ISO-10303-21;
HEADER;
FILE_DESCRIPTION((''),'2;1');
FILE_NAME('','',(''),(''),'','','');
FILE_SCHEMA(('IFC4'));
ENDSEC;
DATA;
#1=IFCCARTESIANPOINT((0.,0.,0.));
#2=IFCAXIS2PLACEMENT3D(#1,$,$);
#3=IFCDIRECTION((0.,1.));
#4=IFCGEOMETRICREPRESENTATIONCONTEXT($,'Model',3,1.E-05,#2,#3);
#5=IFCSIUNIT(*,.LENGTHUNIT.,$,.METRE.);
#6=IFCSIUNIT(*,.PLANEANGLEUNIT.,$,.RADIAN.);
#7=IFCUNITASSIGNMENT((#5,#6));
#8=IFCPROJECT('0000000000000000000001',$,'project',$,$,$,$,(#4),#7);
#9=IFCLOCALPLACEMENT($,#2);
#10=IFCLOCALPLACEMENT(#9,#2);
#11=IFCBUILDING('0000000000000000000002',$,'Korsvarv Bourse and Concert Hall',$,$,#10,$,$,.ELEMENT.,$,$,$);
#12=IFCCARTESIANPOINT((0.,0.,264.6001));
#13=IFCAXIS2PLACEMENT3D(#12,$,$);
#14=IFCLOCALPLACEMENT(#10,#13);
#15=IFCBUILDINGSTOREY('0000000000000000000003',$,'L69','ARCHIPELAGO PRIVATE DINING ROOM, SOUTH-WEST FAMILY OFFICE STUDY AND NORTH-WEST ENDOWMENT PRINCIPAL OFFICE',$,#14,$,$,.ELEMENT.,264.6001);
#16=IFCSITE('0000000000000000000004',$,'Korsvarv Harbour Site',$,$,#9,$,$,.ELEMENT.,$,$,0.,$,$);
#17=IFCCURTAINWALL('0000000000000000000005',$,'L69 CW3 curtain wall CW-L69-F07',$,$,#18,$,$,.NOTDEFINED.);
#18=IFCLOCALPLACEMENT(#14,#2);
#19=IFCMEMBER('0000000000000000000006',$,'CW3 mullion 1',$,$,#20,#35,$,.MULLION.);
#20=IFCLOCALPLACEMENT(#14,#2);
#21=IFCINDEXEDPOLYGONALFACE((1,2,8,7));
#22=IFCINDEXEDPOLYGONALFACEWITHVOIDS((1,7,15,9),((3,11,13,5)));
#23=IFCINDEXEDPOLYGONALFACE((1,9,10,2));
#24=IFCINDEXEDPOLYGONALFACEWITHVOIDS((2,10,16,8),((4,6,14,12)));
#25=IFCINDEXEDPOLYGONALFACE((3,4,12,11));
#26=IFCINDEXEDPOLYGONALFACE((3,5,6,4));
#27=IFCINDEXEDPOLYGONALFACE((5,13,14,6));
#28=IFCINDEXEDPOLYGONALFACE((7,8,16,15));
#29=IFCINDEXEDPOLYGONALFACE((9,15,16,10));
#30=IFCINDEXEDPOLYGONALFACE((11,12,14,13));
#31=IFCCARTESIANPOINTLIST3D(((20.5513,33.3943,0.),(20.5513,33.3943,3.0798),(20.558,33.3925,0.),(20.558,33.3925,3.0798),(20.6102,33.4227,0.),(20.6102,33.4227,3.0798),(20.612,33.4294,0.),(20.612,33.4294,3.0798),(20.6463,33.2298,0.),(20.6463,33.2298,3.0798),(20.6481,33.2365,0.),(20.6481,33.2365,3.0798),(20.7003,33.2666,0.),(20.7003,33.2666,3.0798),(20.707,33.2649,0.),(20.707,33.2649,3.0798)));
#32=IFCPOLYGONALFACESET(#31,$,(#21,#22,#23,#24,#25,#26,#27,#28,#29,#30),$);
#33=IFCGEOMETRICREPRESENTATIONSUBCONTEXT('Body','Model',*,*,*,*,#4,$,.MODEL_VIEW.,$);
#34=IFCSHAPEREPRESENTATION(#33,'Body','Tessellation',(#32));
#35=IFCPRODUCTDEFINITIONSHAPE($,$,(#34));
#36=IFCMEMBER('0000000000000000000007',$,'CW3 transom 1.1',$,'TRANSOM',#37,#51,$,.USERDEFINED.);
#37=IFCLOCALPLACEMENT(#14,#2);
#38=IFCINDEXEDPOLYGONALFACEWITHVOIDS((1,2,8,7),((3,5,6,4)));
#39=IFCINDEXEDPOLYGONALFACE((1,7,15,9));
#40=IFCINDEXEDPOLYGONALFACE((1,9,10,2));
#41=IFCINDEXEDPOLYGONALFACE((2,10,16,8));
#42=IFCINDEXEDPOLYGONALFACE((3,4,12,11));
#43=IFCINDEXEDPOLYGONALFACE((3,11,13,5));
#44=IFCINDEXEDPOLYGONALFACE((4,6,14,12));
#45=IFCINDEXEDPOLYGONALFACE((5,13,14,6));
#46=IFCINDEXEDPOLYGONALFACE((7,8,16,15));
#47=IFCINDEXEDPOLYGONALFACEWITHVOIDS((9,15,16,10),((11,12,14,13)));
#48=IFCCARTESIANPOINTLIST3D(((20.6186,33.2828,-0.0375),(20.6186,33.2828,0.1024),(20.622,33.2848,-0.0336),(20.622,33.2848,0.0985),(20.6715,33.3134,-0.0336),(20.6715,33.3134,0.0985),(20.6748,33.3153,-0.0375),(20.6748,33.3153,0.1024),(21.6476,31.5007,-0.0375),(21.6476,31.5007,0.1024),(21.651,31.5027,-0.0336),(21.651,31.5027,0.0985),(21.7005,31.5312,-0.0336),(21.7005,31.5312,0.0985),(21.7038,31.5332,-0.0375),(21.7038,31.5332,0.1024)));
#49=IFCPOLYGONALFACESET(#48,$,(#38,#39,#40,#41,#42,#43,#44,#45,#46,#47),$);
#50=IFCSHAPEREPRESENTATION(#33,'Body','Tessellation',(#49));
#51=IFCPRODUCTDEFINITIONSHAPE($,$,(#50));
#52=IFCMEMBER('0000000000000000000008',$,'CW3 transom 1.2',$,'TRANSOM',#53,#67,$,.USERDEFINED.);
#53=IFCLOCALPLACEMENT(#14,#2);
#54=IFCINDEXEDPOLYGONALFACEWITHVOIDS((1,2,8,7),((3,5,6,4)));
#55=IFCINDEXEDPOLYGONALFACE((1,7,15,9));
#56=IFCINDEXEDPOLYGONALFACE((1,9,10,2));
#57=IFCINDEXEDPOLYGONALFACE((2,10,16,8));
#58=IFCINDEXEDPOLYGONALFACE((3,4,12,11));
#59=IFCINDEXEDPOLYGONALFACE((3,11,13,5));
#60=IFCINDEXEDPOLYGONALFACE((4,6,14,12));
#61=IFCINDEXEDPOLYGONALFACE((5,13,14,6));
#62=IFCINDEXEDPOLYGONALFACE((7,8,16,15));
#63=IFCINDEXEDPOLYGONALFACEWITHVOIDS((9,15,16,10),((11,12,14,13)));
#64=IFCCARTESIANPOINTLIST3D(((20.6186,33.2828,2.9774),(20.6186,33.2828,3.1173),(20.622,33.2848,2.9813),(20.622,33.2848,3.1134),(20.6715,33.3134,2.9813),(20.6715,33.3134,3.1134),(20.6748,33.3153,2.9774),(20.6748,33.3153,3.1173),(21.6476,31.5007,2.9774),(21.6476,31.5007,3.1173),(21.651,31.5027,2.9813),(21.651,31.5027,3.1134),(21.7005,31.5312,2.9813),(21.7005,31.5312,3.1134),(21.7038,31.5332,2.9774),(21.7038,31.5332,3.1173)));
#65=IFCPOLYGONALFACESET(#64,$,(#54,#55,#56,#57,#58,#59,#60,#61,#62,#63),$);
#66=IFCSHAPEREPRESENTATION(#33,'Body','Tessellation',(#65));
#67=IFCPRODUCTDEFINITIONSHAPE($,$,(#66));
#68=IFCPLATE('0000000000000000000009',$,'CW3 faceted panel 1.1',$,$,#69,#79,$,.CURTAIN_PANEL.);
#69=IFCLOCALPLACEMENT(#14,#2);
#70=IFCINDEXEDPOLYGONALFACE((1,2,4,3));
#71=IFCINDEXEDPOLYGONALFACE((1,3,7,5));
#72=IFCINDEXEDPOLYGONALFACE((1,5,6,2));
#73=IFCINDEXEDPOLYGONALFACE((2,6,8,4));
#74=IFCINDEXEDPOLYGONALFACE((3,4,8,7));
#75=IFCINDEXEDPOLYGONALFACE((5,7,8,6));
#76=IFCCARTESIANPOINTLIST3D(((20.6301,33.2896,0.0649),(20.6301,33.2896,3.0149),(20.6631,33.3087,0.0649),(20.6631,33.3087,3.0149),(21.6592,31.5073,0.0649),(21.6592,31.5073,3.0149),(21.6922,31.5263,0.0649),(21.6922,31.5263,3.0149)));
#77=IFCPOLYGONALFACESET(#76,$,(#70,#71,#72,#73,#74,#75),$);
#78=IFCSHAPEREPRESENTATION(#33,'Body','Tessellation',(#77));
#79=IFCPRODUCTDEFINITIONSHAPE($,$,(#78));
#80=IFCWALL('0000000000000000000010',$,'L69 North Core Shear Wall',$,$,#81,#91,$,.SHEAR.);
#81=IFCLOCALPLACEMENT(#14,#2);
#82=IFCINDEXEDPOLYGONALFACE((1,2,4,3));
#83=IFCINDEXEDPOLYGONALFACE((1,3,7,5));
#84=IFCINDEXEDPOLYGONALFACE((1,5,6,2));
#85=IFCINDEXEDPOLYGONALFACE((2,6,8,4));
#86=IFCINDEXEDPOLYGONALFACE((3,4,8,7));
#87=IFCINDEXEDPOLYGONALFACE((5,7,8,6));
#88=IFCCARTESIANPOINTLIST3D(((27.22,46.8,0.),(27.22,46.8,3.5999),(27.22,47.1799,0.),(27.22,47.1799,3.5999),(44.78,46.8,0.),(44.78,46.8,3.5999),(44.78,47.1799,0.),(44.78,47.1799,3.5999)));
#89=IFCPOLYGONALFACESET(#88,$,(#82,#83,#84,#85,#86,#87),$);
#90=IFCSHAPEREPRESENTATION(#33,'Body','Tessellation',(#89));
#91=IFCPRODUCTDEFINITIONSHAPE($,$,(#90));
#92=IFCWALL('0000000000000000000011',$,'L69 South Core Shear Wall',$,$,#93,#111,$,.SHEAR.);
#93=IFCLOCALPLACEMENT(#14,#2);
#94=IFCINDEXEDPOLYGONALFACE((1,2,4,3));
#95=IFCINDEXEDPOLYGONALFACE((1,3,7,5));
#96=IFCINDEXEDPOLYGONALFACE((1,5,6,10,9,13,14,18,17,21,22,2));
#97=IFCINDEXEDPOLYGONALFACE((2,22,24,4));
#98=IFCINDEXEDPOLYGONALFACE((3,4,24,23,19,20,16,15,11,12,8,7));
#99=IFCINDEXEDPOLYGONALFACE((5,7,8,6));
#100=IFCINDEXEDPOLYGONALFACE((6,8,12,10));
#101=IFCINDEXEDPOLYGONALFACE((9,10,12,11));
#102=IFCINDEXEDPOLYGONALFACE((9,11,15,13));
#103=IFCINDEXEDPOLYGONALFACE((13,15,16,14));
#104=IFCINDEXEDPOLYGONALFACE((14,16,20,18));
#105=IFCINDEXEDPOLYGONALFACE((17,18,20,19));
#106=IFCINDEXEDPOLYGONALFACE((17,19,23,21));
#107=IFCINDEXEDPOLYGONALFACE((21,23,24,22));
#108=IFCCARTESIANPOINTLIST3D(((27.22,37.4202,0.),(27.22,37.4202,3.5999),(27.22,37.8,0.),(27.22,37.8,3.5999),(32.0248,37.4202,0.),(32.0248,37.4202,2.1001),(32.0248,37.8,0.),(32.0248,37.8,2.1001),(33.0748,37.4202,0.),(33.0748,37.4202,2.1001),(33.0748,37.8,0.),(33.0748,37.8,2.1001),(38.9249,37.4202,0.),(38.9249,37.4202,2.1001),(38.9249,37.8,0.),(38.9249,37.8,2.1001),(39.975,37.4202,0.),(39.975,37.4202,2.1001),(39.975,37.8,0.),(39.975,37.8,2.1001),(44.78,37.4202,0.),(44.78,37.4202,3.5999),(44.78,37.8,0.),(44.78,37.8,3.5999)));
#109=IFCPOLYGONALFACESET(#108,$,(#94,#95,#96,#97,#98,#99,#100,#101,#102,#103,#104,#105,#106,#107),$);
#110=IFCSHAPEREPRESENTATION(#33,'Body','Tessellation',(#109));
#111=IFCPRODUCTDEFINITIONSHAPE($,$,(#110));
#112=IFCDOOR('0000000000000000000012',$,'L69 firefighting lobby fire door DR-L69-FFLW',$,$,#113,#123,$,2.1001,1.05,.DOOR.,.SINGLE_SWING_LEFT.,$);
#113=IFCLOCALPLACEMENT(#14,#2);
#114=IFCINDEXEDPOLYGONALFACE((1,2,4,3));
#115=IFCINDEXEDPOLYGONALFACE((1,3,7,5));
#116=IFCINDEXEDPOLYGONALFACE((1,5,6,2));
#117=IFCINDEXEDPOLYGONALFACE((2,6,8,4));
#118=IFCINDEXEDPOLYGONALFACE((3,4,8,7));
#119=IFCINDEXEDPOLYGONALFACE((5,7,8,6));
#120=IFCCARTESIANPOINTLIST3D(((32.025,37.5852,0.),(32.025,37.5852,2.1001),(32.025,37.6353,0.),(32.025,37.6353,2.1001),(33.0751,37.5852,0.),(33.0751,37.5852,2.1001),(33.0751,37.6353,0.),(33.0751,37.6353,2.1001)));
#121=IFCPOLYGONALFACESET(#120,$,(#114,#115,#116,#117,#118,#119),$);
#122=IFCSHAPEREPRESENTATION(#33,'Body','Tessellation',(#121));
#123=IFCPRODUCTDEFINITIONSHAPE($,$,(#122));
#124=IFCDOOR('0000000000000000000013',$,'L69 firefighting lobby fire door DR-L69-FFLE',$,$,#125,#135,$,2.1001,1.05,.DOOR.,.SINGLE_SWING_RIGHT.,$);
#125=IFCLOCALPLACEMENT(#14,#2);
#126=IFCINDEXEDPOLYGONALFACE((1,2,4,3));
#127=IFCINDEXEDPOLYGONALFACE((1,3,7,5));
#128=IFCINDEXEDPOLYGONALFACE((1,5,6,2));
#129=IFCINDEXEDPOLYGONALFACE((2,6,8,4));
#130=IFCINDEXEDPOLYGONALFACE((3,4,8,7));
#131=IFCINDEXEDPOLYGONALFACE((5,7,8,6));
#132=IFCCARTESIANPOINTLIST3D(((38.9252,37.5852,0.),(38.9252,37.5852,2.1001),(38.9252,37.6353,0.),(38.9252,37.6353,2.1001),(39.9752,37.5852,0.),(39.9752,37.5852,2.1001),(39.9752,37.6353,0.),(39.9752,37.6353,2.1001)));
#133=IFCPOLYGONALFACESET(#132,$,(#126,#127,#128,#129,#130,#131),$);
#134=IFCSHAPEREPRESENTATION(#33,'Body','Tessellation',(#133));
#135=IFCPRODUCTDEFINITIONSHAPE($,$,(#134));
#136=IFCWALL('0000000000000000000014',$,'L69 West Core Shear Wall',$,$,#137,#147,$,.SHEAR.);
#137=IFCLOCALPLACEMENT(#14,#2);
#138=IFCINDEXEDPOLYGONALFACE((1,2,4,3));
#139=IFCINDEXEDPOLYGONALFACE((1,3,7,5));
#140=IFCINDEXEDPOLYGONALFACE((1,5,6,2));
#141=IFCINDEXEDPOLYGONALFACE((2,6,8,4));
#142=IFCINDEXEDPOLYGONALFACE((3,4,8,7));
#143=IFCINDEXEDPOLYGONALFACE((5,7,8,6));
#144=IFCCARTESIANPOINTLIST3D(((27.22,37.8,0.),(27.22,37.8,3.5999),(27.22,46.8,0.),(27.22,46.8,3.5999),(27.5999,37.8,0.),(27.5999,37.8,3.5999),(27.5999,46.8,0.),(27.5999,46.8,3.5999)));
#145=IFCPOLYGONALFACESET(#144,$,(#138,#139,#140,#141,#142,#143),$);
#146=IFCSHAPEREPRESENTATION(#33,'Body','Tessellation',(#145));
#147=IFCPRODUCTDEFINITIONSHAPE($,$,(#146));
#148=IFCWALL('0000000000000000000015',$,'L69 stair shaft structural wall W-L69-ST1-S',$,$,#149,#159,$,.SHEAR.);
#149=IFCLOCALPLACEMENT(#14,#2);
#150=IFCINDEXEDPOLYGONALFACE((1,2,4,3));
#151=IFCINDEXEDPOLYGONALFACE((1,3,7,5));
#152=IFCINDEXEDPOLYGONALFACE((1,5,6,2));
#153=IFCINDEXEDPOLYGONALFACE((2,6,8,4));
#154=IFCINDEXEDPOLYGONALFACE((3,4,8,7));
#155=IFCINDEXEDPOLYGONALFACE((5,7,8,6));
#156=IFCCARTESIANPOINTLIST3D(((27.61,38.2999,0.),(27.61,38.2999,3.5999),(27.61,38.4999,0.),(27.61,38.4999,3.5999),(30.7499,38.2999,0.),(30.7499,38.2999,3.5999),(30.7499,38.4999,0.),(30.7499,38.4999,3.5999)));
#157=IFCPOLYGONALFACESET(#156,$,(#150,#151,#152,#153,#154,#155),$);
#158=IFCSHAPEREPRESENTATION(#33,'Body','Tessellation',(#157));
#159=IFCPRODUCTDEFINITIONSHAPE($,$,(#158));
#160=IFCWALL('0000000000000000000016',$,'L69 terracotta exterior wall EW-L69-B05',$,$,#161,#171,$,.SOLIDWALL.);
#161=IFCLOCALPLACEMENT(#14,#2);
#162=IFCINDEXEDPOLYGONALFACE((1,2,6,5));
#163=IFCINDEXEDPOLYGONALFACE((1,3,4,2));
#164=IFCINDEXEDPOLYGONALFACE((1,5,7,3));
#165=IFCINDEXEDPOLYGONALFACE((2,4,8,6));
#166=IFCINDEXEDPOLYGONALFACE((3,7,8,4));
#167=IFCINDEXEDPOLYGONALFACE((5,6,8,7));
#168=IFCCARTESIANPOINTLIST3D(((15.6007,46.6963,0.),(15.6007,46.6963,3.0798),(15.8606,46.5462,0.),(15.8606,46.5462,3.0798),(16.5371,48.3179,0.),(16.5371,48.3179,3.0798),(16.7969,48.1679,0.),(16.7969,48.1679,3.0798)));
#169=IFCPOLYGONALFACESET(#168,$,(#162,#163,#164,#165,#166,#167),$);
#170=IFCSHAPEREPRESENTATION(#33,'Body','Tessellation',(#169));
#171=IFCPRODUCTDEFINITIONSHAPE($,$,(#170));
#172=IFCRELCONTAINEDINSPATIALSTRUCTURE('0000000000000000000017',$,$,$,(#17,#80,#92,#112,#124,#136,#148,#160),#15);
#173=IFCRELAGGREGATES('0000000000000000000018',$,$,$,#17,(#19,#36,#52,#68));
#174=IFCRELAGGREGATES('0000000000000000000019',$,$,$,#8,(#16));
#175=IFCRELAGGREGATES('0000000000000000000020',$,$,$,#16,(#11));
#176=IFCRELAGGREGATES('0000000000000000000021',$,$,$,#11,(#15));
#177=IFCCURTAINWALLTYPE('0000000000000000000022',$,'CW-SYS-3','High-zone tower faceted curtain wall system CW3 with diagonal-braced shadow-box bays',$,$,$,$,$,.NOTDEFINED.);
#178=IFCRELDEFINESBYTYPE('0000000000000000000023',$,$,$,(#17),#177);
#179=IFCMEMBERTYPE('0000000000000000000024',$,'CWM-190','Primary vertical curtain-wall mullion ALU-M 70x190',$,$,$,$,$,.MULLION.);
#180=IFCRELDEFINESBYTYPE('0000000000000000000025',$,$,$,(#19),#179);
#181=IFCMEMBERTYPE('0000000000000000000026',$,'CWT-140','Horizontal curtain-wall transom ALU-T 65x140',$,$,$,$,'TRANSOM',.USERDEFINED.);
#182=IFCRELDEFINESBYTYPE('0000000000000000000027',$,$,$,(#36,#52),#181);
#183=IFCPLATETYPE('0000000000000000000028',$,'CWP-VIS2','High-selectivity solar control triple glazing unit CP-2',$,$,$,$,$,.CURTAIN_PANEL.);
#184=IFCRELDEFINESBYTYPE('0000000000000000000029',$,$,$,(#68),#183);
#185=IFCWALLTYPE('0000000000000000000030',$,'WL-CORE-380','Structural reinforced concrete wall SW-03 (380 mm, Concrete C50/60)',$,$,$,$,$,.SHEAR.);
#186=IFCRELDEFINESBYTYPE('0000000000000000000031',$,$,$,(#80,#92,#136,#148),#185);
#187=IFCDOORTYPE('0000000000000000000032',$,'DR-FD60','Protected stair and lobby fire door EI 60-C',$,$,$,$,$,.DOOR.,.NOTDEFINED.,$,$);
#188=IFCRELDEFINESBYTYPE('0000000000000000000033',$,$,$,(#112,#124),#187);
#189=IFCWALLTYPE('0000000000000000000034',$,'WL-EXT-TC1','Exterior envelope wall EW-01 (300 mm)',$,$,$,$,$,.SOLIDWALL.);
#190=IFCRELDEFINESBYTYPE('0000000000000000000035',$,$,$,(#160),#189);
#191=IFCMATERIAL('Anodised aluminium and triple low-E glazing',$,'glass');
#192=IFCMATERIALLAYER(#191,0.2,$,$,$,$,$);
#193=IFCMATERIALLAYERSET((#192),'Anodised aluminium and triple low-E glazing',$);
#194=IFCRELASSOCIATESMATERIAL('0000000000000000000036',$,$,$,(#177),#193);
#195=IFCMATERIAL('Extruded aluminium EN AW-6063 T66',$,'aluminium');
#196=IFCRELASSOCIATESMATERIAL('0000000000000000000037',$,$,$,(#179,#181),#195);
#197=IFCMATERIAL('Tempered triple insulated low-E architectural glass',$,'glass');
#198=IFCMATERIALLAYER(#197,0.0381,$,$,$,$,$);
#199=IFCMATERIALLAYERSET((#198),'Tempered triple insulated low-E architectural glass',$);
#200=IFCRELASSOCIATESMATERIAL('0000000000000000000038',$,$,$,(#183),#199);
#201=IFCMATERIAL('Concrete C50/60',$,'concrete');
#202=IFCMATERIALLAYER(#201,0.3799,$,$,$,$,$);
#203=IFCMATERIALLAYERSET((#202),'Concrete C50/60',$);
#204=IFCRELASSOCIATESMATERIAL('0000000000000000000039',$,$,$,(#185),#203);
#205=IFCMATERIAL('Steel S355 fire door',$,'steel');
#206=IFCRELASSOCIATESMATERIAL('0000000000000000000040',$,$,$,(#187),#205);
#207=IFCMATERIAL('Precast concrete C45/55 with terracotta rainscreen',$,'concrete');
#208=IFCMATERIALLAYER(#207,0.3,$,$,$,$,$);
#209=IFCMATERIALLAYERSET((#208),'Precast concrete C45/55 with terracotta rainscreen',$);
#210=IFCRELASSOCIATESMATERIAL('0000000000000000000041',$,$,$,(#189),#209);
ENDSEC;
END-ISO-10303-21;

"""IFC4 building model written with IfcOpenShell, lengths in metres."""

from ifc_helpers import new_model, si_unit, direction, frame, frame_2d, origin, origin_2d, place, context, subcontext, project, spatial, rectangle, hollow_rectangle, extrude, source, transform, mapped, material, layer, layer_set, material_profile, profile_set, type_object, element, fill, aggregate, save


model = new_model("IFC4")

# Units and contexts
model_context = context("Model", 3, precision=1e-05, world=origin(), true_north=direction((0.0, 1.0)))
body_context = subcontext(model_context, "Body", "Model", "MODEL_VIEW")
ifc_project = project(units=[si_unit("LENGTHUNIT", "METRE"), si_unit("PLANEANGLEUNIT", "RADIAN")], contexts=[model_context])

# Site, building, storey
site_placement = place(None, origin())
site = spatial("IfcSite", under=ifc_project, at=site_placement, Name="Korsvarv Harbour Site", CompositionType="ELEMENT", RefElevation=0.0)
building_placement = place(site_placement, origin())
building = spatial("IfcBuilding", under=site, at=building_placement, Name="Korsvarv Bourse and Concert Hall", CompositionType="ELEMENT")
storey_placement = place(building_placement, frame((0.0, 0.0, 264.6001)))
storey = spatial("IfcBuildingStorey", under=building, at=storey_placement, Name="L69", Description="ARCHIPELAGO PRIVATE DINING ROOM, SOUTH-WEST FAMILY OFFICE STUDY AND NORTH-WEST ENDOWMENT PRINCIPAL OFFICE", CompositionType="ELEMENT", Elevation=264.6001)

# Shared definitions
ifc_material_1 = material(Name="Concrete C50/60", Category="concrete")

# Curtain wall, members, plate
ifc_material_2 = material(Name="Anodised aluminium and triple low-E glazing", Category="glass")
ifc_layer_1 = layer(ifc_material_2, 0.2)
ifc_layer_set_1 = layer_set([ifc_layer_1], Name="Anodised aluminium and triple low-E glazing")
curtain_wall_type = type_object("IfcCurtainWallType", Name="CW-SYS-3", Description="High-zone tower faceted curtain wall system CW3 with diagonal-braced shadow-box bays", PredefinedType="NOTDEFINED", material=ifc_layer_set_1)
curtain_wall_placement = place(storey_placement, origin())
curtain_wall = element("IfcCurtainWall", 1, at=curtain_wall_placement, inside=storey, type_object=curtain_wall_type, Name="L69 CW3 curtain wall CW-L69-F07", PredefinedType="NOTDEFINED")
ifc_material_3 = material(Name="Extruded aluminium EN AW-6063 T66", Category="aluminium")
ifc_material_profile_1 = material_profile(ifc_material_3, hollow_rectangle(XDim=0.0701, YDim=0.1899, WallThickness=0.0049, at=origin_2d()), Name="ALU-M 70x190")
ifc_profile_set_1 = profile_set([ifc_material_profile_1], Name="Extruded aluminium EN AW-6063 T66")
member_type_1 = type_object("IfcMemberType", Name="CWM-190", Description="Primary vertical curtain-wall mullion ALU-M 70x190", PredefinedType="MULLION", material=ifc_profile_set_1)
shared_shape_1 = source(origin(), body_context, "Body", "SweptSolid", [
    extrude(hollow_rectangle(XDim=0.0701, YDim=0.1899, WallThickness=0.0049, at=origin_2d()), origin(), (0.0, 0.0, 1.0), 3.0798),
])
member_1_placement = place(storey_placement, frame((20.6292, 33.3296, 0.0), z_axis=(0.0, 0.0, 1.0), x_axis=(0.866023, 0.500004, 0.0)))
member_1 = element("IfcMember", 2, at=member_1_placement, type_object=member_type_1, Name="CW3 mullion 1", PredefinedType="MULLION", context=body_context, shape_type="MappedRepresentation", body=[
    mapped(shared_shape_1, transform((0.0, 0.0, 0.0), scale=1.0)),
])
ifc_material_profile_2 = material_profile(ifc_material_3, hollow_rectangle(XDim=0.0649, YDim=0.1399, WallThickness=0.0039, at=origin_2d()), Name="ALU-T 65x140")
ifc_profile_set_2 = profile_set([ifc_material_profile_2], Name="Extruded aluminium EN AW-6063 T66")
member_type_2 = type_object("IfcMemberType", Name="CWT-140", Description="Horizontal curtain-wall transom ALU-T 65x140", ElementType="TRANSOM", PredefinedType="USERDEFINED", material=ifc_profile_set_2)
shared_shape_2 = source(origin(), body_context, "Body", "SweptSolid", [
    extrude(hollow_rectangle(XDim=0.0649, YDim=0.1399, WallThickness=0.0039, at=origin_2d()), origin(), (0.0, 0.0, 1.0), 2.0579),
])
member_2_placement = place(storey_placement, frame((20.6467, 33.2991, 0.0325), z_axis=(0.500031, -0.866008, 0.0), x_axis=(0.866008, 0.500031, 0.0)))
member_2 = element("IfcMember", 3, at=member_2_placement, type_object=member_type_2, Name="CW3 transom 1.1", ObjectType="TRANSOM", PredefinedType="USERDEFINED", context=body_context, shape_type="MappedRepresentation", body=[
    mapped(shared_shape_2, transform((0.0, 0.0, 0.0), scale=1.0)),
])
member_3_placement = place(storey_placement, frame((20.6467, 33.2991, 3.0474), z_axis=(0.500031, -0.866008, 0.0), x_axis=(0.866008, 0.500031, 0.0)))
member_3 = element("IfcMember", 4, at=member_3_placement, type_object=member_type_2, Name="CW3 transom 1.2", ObjectType="TRANSOM", PredefinedType="USERDEFINED", context=body_context, shape_type="MappedRepresentation", body=[
    mapped(shared_shape_2, transform((0.0, 0.0, 0.0), scale=1.0)),
])
ifc_material_4 = material(Name="Tempered triple insulated low-E architectural glass", Category="glass")
ifc_layer_2 = layer(ifc_material_4, 0.0381)
ifc_layer_set_2 = layer_set([ifc_layer_2], Name="Tempered triple insulated low-E architectural glass")
plate_type = type_object("IfcPlateType", Name="CWP-VIS2", Description="High-selectivity solar control triple glazing unit CP-2", PredefinedType="CURTAIN_PANEL", material=ifc_layer_set_2)
shared_shape_3 = source(origin(), body_context, "Body", "SweptSolid", [
    extrude(rectangle(XDim=2.0581, YDim=0.0381, at=origin_2d()), origin(), (0.0, 0.0, 1.0), 2.95),
])
plate_placement = place(storey_placement, frame((21.1611, 32.408, 0.0649), z_axis=(0.0, 0.0, 1.0), x_axis=(0.500004, -0.866023, 0.0)))
plate = element("IfcPlate", 5, at=plate_placement, type_object=plate_type, Name="CW3 faceted panel 1.1", PredefinedType="CURTAIN_PANEL", context=body_context, shape_type="MappedRepresentation", body=[
    mapped(shared_shape_3, transform((0.0, 0.0, 0.0), scale=1.0)),
])
aggregate(curtain_wall, [member_1, member_2, member_3, plate])

# Wall
ifc_layer_3 = layer(ifc_material_1, 0.3799)
ifc_layer_set_3 = layer_set([ifc_layer_3], Name="Concrete C50/60")
wall_type_1 = type_object("IfcWallType", Name="WL-CORE-380", Description="Structural reinforced concrete wall SW-03 (380 mm, Concrete C50/60)", PredefinedType="SHEAR", material=ifc_layer_set_3)
wall_1_placement = place(storey_placement, frame((27.22, 46.99, 0.0), z_axis=(0.0, 0.0, 1.0), x_axis=(1.0, 0.0, 0.0)))
element("IfcWall", 6, at=wall_1_placement, inside=storey, type_object=wall_type_1, Name="L69 North Core Shear Wall", PredefinedType="SHEAR", context=body_context, shape_type="SweptSolid", body=[
    extrude(rectangle(XDim=17.5601, YDim=0.3799, at=frame_2d((8.78, 0.0))), origin(), (0.0, 0.0, 1.0), 3.5999),
])

# Wall, openings, doors
wall_2_placement = place(storey_placement, frame((27.22, 37.6101, 0.0), z_axis=(0.0, 0.0, 1.0), x_axis=(1.0, 0.0, 0.0)))
wall_2 = element("IfcWall", 7, at=wall_2_placement, inside=storey, type_object=wall_type_1, Name="L69 South Core Shear Wall", PredefinedType="SHEAR", context=body_context, shape_type="SweptSolid", body=[
    extrude(rectangle(XDim=17.5601, YDim=0.3799, at=frame_2d((8.78, 0.0))), origin(), (0.0, 0.0, 1.0), 3.5999),
])
opening_1_placement = place(wall_2_placement, frame((4.8049, 0.0, 0.0)))
opening_1 = element("IfcOpeningElement", 8, at=opening_1_placement, cuts=wall_2, PredefinedType="OPENING", context=body_context, shape_type="SweptSolid", body=[
    extrude(rectangle(XDim=1.05, YDim=2.1001, at=frame_2d((0.5249, 1.05))), frame((0.0, 0.2, 0.0), z_axis=(0.0, -1.0, 0.0), x_axis=(1.0, 0.0, 0.0)), (0.0, 0.0, 1.0), 0.3999),
])
opening_2_placement = place(wall_2_placement, frame((11.7051, 0.0, 0.0)))
opening_2 = element("IfcOpeningElement", 9, at=opening_2_placement, cuts=wall_2, PredefinedType="OPENING", context=body_context, shape_type="SweptSolid", body=[
    extrude(rectangle(XDim=1.05, YDim=2.1001, at=frame_2d((0.5249, 1.05))), frame((0.0, 0.2, 0.0), z_axis=(0.0, -1.0, 0.0), x_axis=(1.0, 0.0, 0.0)), (0.0, 0.0, 1.0), 0.3999),
])
ifc_material_5 = material(Name="Steel S355 fire door", Category="steel")
door_type_1 = type_object("IfcDoorType", Name="DR-FD60", Description="Protected stair and lobby fire door EI 60-C", OperationType="NOTDEFINED", PredefinedType="DOOR", material=ifc_material_5)
door_1_placement = place(opening_1_placement, frame((1.05, 0.0, 0.0), z_axis=(0.0, 0.0, 1.0), x_axis=(-1.0, 0.0, 0.0)))
door_1 = element("IfcDoor", 10, at=door_1_placement, inside=storey, type_object=door_type_1, Name="L69 firefighting lobby fire door DR-L69-FFLW", OperationType="SINGLE_SWING_LEFT", OverallHeight=2.1001, OverallWidth=1.05, PredefinedType="DOOR", context=body_context, shape_type="SweptSolid", body=[
    extrude(rectangle(XDim=1.05, YDim=2.1001, at=frame_2d((0.5249, 1.05))), frame((0.0, 0.0249, 0.0), z_axis=(0.0, -1.0, 0.0), x_axis=(1.0, 0.0, 0.0)), (0.0, 0.0, 1.0), 0.05),
])
fill(opening_1, door_1)
door_2_placement = place(opening_2_placement, frame((1.05, 0.0, 0.0), z_axis=(0.0, 0.0, 1.0), x_axis=(-1.0, 0.0, 0.0)))
door_2 = element("IfcDoor", 11, at=door_2_placement, inside=storey, type_object=door_type_1, Name="L69 firefighting lobby fire door DR-L69-FFLE", OperationType="SINGLE_SWING_RIGHT", OverallHeight=2.1001, OverallWidth=1.05, PredefinedType="DOOR", context=body_context, shape_type="SweptSolid", body=[
    extrude(rectangle(XDim=1.05, YDim=2.1001, at=frame_2d((0.5249, 1.05))), frame((0.0, 0.0249, 0.0), z_axis=(0.0, -1.0, 0.0), x_axis=(1.0, 0.0, 0.0)), (0.0, 0.0, 1.0), 0.05),
])
fill(opening_2, door_2)

# Walls
wall_3_placement = place(storey_placement, frame((27.4099, 37.8, 0.0), z_axis=(0.0, 0.0, 1.0), x_axis=(0.0, 1.0, 0.0)))
element("IfcWall", 12, at=wall_3_placement, inside=storey, type_object=wall_type_1, Name="L69 West Core Shear Wall", PredefinedType="SHEAR", context=body_context, shape_type="SweptSolid", body=[
    extrude(rectangle(XDim=9.0, YDim=0.3799, at=frame_2d((4.5, 0.0))), origin(), (0.0, 0.0, 1.0), 3.5999),
])
wall_4_placement = place(storey_placement, frame((27.6101, 38.3999, 0.0), z_axis=(0.0, 0.0, 1.0), x_axis=(1.0, 0.0, 0.0)))
element("IfcWall", 13, at=wall_4_placement, inside=storey, type_object=wall_type_1, Name="L69 stair shaft structural wall W-L69-ST1-S", PredefinedType="SHEAR", context=body_context, shape_type="SweptSolid", body=[
    extrude(rectangle(XDim=3.1399, YDim=0.2, at=frame_2d((1.5698, 0.0))), origin(), (0.0, 0.0, 1.0), 3.5999),
])
ifc_material_6 = material(Name="Precast concrete C45/55 with terracotta rainscreen", Category="concrete")
ifc_layer_4 = layer(ifc_material_6, 0.3)
ifc_layer_set_4 = layer_set([ifc_layer_4], Name="Precast concrete C45/55 with terracotta rainscreen")
wall_type_2 = type_object("IfcWallType", Name="WL-EXT-TC1", Description="Exterior envelope wall EW-01 (300 mm)", PredefinedType="SOLIDWALL", material=ifc_layer_set_4)
wall_5_placement = place(storey_placement, frame((16.667, 48.2429, 0.0), z_axis=(0.0, 0.0, 1.0), x_axis=(-0.500023, -0.866012, 0.0)))
element("IfcWall", 14, at=wall_5_placement, inside=storey, type_object=wall_type_2, Name="L69 terracotta exterior wall EW-L69-B05", PredefinedType="SOLIDWALL", context=body_context, shape_type="SweptSolid", body=[
    extrude(rectangle(XDim=1.8726, YDim=0.3, at=frame_2d((0.9363, 0.0))), origin(), (0.0, 0.0, 1.0), 3.0798),
])

save(model, "model.ifc")
